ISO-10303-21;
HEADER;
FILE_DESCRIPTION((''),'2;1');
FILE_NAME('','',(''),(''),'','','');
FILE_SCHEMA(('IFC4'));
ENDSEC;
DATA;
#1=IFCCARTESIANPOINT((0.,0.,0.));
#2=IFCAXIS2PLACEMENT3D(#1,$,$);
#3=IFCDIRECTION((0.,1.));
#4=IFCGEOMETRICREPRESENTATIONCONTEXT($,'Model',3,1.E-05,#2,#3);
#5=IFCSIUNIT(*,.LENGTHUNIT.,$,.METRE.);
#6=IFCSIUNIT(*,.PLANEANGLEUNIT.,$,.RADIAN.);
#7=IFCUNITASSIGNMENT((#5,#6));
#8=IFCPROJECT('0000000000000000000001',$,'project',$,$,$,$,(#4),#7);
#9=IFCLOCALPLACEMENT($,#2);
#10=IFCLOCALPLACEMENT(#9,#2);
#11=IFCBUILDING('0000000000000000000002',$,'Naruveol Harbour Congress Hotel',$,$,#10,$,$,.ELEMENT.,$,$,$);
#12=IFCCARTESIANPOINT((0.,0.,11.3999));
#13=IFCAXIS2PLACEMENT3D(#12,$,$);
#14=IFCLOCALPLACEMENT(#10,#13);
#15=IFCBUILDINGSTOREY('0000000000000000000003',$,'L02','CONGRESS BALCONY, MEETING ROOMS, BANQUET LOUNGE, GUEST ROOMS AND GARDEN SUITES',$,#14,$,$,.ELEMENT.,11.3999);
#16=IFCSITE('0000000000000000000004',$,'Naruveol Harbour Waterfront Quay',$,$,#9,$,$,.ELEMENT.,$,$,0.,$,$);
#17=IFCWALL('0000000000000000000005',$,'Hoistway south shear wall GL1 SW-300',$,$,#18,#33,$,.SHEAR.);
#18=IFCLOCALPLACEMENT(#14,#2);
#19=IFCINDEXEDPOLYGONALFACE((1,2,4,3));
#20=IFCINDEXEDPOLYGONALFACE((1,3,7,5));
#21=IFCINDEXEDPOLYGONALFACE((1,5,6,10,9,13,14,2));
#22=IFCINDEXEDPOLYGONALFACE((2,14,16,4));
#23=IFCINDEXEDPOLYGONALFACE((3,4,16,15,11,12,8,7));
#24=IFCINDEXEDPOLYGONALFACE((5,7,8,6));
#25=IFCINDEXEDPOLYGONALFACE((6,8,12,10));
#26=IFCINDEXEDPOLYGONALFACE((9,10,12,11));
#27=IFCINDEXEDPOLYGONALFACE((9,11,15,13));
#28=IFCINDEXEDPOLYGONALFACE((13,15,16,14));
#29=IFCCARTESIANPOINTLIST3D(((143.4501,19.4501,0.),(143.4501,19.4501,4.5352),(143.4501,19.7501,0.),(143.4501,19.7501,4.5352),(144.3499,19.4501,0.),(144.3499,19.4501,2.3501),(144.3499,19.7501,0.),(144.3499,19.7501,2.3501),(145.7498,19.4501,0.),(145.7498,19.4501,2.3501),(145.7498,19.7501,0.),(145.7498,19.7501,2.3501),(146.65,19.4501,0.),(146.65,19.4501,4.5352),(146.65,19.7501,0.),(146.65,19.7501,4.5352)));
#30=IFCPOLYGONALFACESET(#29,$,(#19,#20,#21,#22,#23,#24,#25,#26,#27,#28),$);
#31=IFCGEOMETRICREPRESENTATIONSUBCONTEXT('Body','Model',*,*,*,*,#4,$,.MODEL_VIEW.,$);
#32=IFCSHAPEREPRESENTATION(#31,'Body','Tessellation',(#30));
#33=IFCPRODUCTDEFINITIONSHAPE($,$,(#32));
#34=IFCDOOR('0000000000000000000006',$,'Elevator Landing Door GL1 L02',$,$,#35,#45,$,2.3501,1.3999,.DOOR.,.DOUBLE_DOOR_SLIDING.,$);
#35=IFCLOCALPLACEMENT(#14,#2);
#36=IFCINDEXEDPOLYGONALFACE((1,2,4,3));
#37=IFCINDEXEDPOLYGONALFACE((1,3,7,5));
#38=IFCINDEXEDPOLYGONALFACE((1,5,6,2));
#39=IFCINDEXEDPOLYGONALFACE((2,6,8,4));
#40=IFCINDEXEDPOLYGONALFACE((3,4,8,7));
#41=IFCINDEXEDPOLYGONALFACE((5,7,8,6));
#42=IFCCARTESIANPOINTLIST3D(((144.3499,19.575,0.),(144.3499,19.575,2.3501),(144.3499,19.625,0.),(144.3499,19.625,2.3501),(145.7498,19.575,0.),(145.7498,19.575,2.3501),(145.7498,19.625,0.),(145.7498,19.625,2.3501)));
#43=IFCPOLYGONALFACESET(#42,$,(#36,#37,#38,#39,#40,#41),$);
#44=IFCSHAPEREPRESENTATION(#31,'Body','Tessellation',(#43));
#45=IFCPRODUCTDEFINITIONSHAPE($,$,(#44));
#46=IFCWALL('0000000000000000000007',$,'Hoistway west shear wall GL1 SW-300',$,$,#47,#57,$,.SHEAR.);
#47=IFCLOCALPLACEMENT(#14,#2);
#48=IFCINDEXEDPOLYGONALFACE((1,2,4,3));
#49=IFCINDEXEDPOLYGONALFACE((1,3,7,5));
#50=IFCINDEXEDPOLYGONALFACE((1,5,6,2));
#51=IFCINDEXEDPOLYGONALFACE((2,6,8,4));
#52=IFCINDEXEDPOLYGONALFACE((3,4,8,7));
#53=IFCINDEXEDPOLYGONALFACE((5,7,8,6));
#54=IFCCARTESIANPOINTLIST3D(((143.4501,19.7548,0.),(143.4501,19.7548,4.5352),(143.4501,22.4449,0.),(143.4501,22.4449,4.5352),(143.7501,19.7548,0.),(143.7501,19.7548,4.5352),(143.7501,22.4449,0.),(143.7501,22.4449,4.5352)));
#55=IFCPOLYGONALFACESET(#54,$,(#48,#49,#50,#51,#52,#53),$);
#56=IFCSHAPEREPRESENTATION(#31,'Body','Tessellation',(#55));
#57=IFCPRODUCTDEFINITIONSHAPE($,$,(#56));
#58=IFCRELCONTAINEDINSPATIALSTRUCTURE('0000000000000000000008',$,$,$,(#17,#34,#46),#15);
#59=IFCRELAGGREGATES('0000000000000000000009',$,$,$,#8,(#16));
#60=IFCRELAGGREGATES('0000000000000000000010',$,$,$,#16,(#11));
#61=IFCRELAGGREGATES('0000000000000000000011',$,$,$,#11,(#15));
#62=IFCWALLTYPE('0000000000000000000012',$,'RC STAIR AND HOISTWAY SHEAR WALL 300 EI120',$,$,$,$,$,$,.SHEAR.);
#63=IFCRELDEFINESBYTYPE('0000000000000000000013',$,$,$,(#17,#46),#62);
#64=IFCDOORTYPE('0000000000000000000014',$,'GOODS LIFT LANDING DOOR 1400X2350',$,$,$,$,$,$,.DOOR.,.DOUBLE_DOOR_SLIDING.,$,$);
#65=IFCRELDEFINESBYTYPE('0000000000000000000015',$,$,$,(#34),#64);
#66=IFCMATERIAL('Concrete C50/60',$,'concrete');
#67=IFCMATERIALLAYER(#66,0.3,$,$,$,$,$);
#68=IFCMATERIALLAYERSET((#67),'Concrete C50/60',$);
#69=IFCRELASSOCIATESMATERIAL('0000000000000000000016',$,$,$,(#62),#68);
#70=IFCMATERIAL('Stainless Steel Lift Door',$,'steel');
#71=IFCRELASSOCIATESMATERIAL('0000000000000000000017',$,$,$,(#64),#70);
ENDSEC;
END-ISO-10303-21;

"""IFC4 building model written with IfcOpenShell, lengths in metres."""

from ifc_helpers import new_model, si_unit, direction, frame, frame_2d, origin, place, context, subcontext, project, spatial, rectangle, extrude, material, layer, layer_set, type_object, element, fill, save


model = new_model("IFC4")

# Units and contexts
model_context = context("Model", 3, precision=1e-05, world=origin(), true_north=direction((0.0, 1.0)))
body_context = subcontext(model_context, "Body", "Model", "MODEL_VIEW")
ifc_project = project(units=[si_unit("LENGTHUNIT", "METRE"), si_unit("PLANEANGLEUNIT", "RADIAN")], contexts=[model_context])

# Site, building, storey
site_placement = place(None, origin())
site = spatial("IfcSite", under=ifc_project, at=site_placement, Name="Naruveol Harbour Waterfront Quay", CompositionType="ELEMENT", RefElevation=0.0)
building_placement = place(site_placement, origin())
building = spatial("IfcBuilding", under=site, at=building_placement, Name="Naruveol Harbour Congress Hotel", CompositionType="ELEMENT")
storey_placement = place(building_placement, frame((0.0, 0.0, 11.3999)))
storey = spatial("IfcBuildingStorey", under=building, at=storey_placement, Name="L02", Description="CONGRESS BALCONY, MEETING ROOMS, BANQUET LOUNGE, GUEST ROOMS AND GARDEN SUITES", CompositionType="ELEMENT", Elevation=11.3999)

# Shared definitions
ifc_material_1 = material(Name="Concrete C50/60", Category="concrete")
ifc_layer_1 = layer(ifc_material_1, 0.3)
ifc_layer_set_1 = layer_set([ifc_layer_1], Name="Concrete C50/60")
wall_type_1 = type_object("IfcWallType", Name="RC STAIR AND HOISTWAY SHEAR WALL 300 EI120", PredefinedType="SHEAR", material=ifc_layer_set_1)

# Wall, opening, door
wall_1_placement = place(storey_placement, frame((143.45, 19.6001, 0.0), z_axis=(0.0, 0.0, 1.0), x_axis=(1.0, 0.0, 0.0)))
wall_1 = element("IfcWall", 1, at=wall_1_placement, inside=storey, type_object=wall_type_1, Name="Hoistway south shear wall GL1 SW-300", PredefinedType="SHEAR", context=body_context, shape_type="SweptSolid", body=[
    extrude(rectangle(XDim=3.2, YDim=0.3, at=frame_2d((1.6001, 0.0))), origin(), (0.0, 0.0, 1.0), 4.5352),
])
opening_1_placement = place(wall_1_placement, frame((0.8999, 0.0, 0.0)))
opening_1 = element("IfcOpeningElement", 2, at=opening_1_placement, cuts=wall_1, PredefinedType="OPENING", context=body_context, shape_type="SweptSolid", body=[
    extrude(rectangle(XDim=1.3999, YDim=2.3501, at=frame_2d((0.7, 1.175))), frame((0.0, 0.1599, 0.0), z_axis=(0.0, -1.0, 0.0), x_axis=(1.0, 0.0, 0.0)), (0.0, 0.0, 1.0), 0.3201),
])
ifc_material_2 = material(Name="Stainless Steel Lift Door", Category="steel")
door_type_1 = type_object("IfcDoorType", Name="GOODS LIFT LANDING DOOR 1400X2350", OperationType="DOUBLE_DOOR_SLIDING", PredefinedType="DOOR", material=ifc_material_2)
door_1_placement = place(opening_1_placement, origin())
door_1 = element("IfcDoor", 3, at=door_1_placement, inside=storey, type_object=door_type_1, Name="Elevator Landing Door GL1 L02", OperationType="DOUBLE_DOOR_SLIDING", OverallHeight=2.3501, OverallWidth=1.3999, PredefinedType="DOOR", context=body_context, shape_type="SweptSolid", body=[
    extrude(rectangle(XDim=1.3999, YDim=2.3501, at=frame_2d((0.7, 1.175))), frame((0.0, 0.0249, 0.0), z_axis=(0.0, -1.0, 0.0), x_axis=(1.0, 0.0, 0.0)), (0.0, 0.0, 1.0), 0.05),
])
fill(opening_1, door_1)

# Wall
wall_2_placement = place(storey_placement, frame((143.6001, 22.4451, 0.0), z_axis=(0.0, 0.0, 1.0), x_axis=(0.0, -1.0, 0.0)))
element("IfcWall", 4, at=wall_2_placement, inside=storey, type_object=wall_type_1, Name="Hoistway west shear wall GL1 SW-300", PredefinedType="SHEAR", context=body_context, shape_type="SweptSolid", body=[
    extrude(rectangle(XDim=2.6902, YDim=0.3, at=frame_2d((1.3452, 0.0))), origin(), (0.0, 0.0, 1.0), 4.5352),
])

save(model, "model.ifc")
